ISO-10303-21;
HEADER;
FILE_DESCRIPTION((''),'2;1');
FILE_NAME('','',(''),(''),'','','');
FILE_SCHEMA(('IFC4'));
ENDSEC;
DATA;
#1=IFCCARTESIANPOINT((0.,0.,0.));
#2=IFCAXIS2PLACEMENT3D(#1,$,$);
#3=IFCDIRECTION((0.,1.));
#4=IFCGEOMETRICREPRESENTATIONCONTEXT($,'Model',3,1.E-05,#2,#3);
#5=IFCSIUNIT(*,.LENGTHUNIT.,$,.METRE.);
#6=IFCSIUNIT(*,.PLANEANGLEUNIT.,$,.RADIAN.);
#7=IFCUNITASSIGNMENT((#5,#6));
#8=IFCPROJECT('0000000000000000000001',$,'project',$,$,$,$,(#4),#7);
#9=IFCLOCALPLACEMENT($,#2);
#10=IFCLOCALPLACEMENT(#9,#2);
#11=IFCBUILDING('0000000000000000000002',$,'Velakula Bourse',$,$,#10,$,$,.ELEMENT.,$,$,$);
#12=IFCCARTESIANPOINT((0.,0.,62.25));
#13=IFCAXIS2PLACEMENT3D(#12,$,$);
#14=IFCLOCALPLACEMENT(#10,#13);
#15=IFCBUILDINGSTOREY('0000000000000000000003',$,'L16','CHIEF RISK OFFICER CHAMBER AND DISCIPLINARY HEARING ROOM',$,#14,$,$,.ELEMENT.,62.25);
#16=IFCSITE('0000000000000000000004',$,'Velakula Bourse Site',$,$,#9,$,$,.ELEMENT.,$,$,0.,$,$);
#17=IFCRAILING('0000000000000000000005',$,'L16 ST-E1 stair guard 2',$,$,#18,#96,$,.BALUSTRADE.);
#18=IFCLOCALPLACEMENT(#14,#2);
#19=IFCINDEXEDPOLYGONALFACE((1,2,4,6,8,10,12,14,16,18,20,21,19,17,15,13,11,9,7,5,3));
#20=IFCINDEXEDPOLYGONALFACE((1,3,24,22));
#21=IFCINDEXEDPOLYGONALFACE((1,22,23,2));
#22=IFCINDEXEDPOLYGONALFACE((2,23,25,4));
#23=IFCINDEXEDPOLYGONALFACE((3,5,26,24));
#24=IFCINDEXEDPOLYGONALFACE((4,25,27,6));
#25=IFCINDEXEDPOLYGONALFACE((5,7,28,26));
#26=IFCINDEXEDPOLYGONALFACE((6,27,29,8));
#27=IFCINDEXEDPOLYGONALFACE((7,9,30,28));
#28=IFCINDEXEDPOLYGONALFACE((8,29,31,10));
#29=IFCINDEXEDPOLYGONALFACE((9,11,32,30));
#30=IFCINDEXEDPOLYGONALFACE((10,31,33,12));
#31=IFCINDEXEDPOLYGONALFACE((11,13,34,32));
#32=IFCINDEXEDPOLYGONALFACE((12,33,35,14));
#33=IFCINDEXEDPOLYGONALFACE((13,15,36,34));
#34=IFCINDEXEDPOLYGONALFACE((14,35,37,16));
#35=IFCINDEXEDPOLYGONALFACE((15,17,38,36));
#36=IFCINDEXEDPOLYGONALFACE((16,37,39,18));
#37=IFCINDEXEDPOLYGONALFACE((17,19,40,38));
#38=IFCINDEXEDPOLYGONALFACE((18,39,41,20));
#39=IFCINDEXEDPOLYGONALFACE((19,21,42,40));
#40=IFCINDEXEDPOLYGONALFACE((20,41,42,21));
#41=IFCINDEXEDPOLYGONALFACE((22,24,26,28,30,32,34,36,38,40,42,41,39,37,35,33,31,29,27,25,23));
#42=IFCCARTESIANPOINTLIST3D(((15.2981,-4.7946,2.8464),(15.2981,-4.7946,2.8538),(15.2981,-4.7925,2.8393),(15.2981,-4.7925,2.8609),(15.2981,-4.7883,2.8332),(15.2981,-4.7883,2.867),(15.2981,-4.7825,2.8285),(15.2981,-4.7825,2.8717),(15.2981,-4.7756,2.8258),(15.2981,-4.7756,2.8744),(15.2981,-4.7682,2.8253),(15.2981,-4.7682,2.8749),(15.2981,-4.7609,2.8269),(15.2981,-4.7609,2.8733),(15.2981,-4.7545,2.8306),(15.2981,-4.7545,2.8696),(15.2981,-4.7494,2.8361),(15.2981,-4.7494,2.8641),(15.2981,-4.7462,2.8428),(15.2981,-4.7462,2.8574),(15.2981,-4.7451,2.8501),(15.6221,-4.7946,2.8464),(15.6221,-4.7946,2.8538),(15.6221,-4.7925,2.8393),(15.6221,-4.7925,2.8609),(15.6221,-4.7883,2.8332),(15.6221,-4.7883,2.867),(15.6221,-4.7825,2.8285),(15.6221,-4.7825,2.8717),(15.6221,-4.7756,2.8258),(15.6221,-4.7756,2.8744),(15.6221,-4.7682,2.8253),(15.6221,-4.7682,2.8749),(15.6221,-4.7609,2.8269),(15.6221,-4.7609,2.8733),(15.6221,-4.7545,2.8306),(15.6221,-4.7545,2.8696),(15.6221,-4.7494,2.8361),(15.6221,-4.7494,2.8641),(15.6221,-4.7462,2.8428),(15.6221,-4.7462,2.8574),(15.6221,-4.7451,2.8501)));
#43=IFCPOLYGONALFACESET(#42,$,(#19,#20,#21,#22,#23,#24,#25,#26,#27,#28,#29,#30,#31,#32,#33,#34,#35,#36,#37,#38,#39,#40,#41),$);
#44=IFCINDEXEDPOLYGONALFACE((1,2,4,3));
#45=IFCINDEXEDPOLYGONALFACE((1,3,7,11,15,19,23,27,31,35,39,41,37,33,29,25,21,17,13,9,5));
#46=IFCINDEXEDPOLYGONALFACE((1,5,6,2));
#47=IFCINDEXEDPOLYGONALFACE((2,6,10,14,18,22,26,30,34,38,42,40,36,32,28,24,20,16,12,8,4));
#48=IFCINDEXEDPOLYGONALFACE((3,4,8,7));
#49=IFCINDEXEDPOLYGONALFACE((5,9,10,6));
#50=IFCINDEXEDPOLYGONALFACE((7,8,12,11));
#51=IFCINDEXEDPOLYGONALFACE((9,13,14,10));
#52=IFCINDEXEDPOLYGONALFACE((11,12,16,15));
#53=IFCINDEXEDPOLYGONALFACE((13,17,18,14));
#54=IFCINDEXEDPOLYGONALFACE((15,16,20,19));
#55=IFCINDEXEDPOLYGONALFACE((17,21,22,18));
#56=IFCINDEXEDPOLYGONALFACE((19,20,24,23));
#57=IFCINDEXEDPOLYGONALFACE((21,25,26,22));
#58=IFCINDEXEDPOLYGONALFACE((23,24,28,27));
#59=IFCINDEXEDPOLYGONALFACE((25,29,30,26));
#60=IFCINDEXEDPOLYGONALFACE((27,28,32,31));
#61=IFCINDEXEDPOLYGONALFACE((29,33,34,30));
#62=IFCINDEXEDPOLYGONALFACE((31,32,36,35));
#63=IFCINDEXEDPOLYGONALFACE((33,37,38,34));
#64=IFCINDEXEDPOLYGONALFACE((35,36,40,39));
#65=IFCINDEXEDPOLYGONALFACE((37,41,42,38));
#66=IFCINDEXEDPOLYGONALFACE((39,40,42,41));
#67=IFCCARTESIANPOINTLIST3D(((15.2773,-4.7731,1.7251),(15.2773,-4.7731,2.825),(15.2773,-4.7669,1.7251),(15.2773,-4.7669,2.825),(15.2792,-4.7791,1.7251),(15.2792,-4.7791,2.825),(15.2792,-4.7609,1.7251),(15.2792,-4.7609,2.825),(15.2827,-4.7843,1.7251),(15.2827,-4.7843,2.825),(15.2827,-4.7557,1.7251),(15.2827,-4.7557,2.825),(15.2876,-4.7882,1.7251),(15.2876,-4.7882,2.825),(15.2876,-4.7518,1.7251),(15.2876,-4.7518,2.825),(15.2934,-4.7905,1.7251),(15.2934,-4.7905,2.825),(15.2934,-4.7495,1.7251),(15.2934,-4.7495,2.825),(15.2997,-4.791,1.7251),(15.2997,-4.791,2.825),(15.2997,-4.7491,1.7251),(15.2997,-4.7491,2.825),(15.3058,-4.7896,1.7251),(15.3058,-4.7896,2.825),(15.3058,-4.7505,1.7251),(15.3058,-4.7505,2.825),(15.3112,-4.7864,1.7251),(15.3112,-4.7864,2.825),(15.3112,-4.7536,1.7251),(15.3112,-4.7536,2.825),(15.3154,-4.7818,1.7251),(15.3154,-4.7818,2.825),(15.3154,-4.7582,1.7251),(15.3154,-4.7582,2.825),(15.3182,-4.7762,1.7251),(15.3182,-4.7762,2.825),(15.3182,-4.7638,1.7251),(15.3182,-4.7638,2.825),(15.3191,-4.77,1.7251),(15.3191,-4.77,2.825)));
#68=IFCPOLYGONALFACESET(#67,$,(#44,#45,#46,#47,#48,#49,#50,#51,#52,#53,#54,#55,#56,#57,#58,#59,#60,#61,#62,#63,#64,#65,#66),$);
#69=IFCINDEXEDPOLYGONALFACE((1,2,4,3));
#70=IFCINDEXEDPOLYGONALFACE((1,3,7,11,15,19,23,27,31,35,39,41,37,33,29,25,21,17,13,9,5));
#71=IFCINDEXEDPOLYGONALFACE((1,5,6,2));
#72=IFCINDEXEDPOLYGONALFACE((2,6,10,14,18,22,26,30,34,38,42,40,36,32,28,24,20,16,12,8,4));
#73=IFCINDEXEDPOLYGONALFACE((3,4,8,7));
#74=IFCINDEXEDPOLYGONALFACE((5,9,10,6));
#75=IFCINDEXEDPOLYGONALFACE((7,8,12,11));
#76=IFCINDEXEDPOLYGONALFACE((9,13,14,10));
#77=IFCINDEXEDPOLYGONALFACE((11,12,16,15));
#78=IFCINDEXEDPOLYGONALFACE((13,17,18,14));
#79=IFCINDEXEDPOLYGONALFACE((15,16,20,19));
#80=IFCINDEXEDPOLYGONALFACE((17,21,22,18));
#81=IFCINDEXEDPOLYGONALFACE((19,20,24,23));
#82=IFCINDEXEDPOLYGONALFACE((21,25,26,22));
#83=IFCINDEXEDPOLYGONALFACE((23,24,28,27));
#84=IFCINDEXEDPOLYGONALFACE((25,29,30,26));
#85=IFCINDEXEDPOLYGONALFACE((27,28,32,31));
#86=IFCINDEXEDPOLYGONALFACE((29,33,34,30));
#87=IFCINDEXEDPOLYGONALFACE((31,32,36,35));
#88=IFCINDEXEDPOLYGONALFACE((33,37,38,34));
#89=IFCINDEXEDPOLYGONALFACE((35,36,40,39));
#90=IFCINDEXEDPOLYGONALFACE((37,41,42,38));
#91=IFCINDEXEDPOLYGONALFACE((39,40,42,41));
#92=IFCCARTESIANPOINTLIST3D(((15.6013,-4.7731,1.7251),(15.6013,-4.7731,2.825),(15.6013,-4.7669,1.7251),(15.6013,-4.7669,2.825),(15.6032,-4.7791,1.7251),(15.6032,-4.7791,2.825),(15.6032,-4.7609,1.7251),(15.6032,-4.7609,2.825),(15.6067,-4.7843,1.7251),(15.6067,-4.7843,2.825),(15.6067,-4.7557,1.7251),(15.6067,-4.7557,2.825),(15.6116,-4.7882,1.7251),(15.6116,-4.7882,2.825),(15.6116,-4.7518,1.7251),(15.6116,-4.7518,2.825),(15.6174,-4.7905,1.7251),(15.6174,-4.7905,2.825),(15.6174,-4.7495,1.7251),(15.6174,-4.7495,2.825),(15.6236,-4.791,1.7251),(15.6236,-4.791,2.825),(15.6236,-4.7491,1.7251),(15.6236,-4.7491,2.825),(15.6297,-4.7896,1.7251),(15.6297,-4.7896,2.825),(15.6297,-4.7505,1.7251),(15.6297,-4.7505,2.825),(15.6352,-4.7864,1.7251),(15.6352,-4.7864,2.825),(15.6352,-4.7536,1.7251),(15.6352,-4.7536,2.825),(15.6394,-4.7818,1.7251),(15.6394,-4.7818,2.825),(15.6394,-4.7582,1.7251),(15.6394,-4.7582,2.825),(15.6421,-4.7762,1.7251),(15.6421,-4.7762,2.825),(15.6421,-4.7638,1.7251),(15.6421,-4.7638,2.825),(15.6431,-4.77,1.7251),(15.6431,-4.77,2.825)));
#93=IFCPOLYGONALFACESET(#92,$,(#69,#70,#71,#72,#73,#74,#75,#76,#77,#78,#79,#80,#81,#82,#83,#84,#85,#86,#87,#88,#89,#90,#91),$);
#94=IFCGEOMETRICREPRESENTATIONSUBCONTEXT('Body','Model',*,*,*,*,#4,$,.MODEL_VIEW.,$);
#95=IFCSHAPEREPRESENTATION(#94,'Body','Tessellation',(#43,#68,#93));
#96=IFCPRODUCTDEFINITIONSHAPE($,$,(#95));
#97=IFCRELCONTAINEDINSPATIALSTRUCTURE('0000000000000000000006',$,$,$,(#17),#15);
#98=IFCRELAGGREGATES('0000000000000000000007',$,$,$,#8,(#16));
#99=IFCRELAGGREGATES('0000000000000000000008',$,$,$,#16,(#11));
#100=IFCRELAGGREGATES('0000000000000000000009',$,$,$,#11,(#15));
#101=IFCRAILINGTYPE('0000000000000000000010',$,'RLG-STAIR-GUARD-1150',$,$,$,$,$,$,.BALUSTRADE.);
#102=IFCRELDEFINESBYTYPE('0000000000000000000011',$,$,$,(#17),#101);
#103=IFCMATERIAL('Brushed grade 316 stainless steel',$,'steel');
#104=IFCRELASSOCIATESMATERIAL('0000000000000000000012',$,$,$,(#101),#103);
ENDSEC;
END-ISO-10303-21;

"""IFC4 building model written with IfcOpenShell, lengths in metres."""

from ifc_helpers import new_model, si_unit, direction, frame, origin, origin_2d, place, context, subcontext, project, spatial, circle, extrude, material, type_object, element, save


model = new_model("IFC4")

# Units and contexts
model_context = context("Model", 3, precision=1e-05, world=origin(), true_north=direction((0.0, 1.0)))
body_context = subcontext(model_context, "Body", "Model", "MODEL_VIEW")
ifc_project = project(units=[si_unit("LENGTHUNIT", "METRE"), si_unit("PLANEANGLEUNIT", "RADIAN")], contexts=[model_context])

# Site, building, storey
site_placement = place(None, origin())
site = spatial("IfcSite", under=ifc_project, at=site_placement, Name="Velakula Bourse Site", CompositionType="ELEMENT", RefElevation=0.0)
building_placement = place(site_placement, origin())
building = spatial("IfcBuilding", under=site, at=building_placement, Name="Velakula Bourse", CompositionType="ELEMENT")
storey_placement = place(building_placement, frame((0.0, 0.0, 62.25)))
storey = spatial("IfcBuildingStorey", under=building, at=storey_placement, Name="L16", Description="CHIEF RISK OFFICER CHAMBER AND DISCIPLINARY HEARING ROOM", CompositionType="ELEMENT", Elevation=62.25)

# Shared definitions
ifc_material_1 = material(Name="Brushed grade 316 stainless steel", Category="steel")

# Railing
railing_type_1 = type_object("IfcRailingType", Name="RLG-STAIR-GUARD-1150", PredefinedType="BALUSTRADE", material=ifc_material_1)
railing_1_placement = place(storey_placement, frame((15.2981, -4.77, 1.7251)))
element("IfcRailing", 1, at=railing_1_placement, inside=storey, type_object=railing_type_1, Name="L16 ST-E1 stair guard 2", PredefinedType="BALUSTRADE", context=body_context, shape_type="SweptSolid", body=[
    extrude(circle(Radius=0.0249, at=origin_2d()), frame((0.0, 0.0, 1.125), z_axis=(1.0, 0.0, 0.0), x_axis=(0.0, 1.0, 0.0)), (0.0, 0.0, 1.0), 0.324),
    extrude(circle(Radius=0.021, at=origin_2d()), origin(), (0.0, 0.0, 1.0), 1.0999),
    extrude(circle(Radius=0.021, at=origin_2d()), frame((0.324, 0.0, 0.0)), (0.0, 0.0, 1.0), 1.0999),
])

save(model, "model.ifc")
